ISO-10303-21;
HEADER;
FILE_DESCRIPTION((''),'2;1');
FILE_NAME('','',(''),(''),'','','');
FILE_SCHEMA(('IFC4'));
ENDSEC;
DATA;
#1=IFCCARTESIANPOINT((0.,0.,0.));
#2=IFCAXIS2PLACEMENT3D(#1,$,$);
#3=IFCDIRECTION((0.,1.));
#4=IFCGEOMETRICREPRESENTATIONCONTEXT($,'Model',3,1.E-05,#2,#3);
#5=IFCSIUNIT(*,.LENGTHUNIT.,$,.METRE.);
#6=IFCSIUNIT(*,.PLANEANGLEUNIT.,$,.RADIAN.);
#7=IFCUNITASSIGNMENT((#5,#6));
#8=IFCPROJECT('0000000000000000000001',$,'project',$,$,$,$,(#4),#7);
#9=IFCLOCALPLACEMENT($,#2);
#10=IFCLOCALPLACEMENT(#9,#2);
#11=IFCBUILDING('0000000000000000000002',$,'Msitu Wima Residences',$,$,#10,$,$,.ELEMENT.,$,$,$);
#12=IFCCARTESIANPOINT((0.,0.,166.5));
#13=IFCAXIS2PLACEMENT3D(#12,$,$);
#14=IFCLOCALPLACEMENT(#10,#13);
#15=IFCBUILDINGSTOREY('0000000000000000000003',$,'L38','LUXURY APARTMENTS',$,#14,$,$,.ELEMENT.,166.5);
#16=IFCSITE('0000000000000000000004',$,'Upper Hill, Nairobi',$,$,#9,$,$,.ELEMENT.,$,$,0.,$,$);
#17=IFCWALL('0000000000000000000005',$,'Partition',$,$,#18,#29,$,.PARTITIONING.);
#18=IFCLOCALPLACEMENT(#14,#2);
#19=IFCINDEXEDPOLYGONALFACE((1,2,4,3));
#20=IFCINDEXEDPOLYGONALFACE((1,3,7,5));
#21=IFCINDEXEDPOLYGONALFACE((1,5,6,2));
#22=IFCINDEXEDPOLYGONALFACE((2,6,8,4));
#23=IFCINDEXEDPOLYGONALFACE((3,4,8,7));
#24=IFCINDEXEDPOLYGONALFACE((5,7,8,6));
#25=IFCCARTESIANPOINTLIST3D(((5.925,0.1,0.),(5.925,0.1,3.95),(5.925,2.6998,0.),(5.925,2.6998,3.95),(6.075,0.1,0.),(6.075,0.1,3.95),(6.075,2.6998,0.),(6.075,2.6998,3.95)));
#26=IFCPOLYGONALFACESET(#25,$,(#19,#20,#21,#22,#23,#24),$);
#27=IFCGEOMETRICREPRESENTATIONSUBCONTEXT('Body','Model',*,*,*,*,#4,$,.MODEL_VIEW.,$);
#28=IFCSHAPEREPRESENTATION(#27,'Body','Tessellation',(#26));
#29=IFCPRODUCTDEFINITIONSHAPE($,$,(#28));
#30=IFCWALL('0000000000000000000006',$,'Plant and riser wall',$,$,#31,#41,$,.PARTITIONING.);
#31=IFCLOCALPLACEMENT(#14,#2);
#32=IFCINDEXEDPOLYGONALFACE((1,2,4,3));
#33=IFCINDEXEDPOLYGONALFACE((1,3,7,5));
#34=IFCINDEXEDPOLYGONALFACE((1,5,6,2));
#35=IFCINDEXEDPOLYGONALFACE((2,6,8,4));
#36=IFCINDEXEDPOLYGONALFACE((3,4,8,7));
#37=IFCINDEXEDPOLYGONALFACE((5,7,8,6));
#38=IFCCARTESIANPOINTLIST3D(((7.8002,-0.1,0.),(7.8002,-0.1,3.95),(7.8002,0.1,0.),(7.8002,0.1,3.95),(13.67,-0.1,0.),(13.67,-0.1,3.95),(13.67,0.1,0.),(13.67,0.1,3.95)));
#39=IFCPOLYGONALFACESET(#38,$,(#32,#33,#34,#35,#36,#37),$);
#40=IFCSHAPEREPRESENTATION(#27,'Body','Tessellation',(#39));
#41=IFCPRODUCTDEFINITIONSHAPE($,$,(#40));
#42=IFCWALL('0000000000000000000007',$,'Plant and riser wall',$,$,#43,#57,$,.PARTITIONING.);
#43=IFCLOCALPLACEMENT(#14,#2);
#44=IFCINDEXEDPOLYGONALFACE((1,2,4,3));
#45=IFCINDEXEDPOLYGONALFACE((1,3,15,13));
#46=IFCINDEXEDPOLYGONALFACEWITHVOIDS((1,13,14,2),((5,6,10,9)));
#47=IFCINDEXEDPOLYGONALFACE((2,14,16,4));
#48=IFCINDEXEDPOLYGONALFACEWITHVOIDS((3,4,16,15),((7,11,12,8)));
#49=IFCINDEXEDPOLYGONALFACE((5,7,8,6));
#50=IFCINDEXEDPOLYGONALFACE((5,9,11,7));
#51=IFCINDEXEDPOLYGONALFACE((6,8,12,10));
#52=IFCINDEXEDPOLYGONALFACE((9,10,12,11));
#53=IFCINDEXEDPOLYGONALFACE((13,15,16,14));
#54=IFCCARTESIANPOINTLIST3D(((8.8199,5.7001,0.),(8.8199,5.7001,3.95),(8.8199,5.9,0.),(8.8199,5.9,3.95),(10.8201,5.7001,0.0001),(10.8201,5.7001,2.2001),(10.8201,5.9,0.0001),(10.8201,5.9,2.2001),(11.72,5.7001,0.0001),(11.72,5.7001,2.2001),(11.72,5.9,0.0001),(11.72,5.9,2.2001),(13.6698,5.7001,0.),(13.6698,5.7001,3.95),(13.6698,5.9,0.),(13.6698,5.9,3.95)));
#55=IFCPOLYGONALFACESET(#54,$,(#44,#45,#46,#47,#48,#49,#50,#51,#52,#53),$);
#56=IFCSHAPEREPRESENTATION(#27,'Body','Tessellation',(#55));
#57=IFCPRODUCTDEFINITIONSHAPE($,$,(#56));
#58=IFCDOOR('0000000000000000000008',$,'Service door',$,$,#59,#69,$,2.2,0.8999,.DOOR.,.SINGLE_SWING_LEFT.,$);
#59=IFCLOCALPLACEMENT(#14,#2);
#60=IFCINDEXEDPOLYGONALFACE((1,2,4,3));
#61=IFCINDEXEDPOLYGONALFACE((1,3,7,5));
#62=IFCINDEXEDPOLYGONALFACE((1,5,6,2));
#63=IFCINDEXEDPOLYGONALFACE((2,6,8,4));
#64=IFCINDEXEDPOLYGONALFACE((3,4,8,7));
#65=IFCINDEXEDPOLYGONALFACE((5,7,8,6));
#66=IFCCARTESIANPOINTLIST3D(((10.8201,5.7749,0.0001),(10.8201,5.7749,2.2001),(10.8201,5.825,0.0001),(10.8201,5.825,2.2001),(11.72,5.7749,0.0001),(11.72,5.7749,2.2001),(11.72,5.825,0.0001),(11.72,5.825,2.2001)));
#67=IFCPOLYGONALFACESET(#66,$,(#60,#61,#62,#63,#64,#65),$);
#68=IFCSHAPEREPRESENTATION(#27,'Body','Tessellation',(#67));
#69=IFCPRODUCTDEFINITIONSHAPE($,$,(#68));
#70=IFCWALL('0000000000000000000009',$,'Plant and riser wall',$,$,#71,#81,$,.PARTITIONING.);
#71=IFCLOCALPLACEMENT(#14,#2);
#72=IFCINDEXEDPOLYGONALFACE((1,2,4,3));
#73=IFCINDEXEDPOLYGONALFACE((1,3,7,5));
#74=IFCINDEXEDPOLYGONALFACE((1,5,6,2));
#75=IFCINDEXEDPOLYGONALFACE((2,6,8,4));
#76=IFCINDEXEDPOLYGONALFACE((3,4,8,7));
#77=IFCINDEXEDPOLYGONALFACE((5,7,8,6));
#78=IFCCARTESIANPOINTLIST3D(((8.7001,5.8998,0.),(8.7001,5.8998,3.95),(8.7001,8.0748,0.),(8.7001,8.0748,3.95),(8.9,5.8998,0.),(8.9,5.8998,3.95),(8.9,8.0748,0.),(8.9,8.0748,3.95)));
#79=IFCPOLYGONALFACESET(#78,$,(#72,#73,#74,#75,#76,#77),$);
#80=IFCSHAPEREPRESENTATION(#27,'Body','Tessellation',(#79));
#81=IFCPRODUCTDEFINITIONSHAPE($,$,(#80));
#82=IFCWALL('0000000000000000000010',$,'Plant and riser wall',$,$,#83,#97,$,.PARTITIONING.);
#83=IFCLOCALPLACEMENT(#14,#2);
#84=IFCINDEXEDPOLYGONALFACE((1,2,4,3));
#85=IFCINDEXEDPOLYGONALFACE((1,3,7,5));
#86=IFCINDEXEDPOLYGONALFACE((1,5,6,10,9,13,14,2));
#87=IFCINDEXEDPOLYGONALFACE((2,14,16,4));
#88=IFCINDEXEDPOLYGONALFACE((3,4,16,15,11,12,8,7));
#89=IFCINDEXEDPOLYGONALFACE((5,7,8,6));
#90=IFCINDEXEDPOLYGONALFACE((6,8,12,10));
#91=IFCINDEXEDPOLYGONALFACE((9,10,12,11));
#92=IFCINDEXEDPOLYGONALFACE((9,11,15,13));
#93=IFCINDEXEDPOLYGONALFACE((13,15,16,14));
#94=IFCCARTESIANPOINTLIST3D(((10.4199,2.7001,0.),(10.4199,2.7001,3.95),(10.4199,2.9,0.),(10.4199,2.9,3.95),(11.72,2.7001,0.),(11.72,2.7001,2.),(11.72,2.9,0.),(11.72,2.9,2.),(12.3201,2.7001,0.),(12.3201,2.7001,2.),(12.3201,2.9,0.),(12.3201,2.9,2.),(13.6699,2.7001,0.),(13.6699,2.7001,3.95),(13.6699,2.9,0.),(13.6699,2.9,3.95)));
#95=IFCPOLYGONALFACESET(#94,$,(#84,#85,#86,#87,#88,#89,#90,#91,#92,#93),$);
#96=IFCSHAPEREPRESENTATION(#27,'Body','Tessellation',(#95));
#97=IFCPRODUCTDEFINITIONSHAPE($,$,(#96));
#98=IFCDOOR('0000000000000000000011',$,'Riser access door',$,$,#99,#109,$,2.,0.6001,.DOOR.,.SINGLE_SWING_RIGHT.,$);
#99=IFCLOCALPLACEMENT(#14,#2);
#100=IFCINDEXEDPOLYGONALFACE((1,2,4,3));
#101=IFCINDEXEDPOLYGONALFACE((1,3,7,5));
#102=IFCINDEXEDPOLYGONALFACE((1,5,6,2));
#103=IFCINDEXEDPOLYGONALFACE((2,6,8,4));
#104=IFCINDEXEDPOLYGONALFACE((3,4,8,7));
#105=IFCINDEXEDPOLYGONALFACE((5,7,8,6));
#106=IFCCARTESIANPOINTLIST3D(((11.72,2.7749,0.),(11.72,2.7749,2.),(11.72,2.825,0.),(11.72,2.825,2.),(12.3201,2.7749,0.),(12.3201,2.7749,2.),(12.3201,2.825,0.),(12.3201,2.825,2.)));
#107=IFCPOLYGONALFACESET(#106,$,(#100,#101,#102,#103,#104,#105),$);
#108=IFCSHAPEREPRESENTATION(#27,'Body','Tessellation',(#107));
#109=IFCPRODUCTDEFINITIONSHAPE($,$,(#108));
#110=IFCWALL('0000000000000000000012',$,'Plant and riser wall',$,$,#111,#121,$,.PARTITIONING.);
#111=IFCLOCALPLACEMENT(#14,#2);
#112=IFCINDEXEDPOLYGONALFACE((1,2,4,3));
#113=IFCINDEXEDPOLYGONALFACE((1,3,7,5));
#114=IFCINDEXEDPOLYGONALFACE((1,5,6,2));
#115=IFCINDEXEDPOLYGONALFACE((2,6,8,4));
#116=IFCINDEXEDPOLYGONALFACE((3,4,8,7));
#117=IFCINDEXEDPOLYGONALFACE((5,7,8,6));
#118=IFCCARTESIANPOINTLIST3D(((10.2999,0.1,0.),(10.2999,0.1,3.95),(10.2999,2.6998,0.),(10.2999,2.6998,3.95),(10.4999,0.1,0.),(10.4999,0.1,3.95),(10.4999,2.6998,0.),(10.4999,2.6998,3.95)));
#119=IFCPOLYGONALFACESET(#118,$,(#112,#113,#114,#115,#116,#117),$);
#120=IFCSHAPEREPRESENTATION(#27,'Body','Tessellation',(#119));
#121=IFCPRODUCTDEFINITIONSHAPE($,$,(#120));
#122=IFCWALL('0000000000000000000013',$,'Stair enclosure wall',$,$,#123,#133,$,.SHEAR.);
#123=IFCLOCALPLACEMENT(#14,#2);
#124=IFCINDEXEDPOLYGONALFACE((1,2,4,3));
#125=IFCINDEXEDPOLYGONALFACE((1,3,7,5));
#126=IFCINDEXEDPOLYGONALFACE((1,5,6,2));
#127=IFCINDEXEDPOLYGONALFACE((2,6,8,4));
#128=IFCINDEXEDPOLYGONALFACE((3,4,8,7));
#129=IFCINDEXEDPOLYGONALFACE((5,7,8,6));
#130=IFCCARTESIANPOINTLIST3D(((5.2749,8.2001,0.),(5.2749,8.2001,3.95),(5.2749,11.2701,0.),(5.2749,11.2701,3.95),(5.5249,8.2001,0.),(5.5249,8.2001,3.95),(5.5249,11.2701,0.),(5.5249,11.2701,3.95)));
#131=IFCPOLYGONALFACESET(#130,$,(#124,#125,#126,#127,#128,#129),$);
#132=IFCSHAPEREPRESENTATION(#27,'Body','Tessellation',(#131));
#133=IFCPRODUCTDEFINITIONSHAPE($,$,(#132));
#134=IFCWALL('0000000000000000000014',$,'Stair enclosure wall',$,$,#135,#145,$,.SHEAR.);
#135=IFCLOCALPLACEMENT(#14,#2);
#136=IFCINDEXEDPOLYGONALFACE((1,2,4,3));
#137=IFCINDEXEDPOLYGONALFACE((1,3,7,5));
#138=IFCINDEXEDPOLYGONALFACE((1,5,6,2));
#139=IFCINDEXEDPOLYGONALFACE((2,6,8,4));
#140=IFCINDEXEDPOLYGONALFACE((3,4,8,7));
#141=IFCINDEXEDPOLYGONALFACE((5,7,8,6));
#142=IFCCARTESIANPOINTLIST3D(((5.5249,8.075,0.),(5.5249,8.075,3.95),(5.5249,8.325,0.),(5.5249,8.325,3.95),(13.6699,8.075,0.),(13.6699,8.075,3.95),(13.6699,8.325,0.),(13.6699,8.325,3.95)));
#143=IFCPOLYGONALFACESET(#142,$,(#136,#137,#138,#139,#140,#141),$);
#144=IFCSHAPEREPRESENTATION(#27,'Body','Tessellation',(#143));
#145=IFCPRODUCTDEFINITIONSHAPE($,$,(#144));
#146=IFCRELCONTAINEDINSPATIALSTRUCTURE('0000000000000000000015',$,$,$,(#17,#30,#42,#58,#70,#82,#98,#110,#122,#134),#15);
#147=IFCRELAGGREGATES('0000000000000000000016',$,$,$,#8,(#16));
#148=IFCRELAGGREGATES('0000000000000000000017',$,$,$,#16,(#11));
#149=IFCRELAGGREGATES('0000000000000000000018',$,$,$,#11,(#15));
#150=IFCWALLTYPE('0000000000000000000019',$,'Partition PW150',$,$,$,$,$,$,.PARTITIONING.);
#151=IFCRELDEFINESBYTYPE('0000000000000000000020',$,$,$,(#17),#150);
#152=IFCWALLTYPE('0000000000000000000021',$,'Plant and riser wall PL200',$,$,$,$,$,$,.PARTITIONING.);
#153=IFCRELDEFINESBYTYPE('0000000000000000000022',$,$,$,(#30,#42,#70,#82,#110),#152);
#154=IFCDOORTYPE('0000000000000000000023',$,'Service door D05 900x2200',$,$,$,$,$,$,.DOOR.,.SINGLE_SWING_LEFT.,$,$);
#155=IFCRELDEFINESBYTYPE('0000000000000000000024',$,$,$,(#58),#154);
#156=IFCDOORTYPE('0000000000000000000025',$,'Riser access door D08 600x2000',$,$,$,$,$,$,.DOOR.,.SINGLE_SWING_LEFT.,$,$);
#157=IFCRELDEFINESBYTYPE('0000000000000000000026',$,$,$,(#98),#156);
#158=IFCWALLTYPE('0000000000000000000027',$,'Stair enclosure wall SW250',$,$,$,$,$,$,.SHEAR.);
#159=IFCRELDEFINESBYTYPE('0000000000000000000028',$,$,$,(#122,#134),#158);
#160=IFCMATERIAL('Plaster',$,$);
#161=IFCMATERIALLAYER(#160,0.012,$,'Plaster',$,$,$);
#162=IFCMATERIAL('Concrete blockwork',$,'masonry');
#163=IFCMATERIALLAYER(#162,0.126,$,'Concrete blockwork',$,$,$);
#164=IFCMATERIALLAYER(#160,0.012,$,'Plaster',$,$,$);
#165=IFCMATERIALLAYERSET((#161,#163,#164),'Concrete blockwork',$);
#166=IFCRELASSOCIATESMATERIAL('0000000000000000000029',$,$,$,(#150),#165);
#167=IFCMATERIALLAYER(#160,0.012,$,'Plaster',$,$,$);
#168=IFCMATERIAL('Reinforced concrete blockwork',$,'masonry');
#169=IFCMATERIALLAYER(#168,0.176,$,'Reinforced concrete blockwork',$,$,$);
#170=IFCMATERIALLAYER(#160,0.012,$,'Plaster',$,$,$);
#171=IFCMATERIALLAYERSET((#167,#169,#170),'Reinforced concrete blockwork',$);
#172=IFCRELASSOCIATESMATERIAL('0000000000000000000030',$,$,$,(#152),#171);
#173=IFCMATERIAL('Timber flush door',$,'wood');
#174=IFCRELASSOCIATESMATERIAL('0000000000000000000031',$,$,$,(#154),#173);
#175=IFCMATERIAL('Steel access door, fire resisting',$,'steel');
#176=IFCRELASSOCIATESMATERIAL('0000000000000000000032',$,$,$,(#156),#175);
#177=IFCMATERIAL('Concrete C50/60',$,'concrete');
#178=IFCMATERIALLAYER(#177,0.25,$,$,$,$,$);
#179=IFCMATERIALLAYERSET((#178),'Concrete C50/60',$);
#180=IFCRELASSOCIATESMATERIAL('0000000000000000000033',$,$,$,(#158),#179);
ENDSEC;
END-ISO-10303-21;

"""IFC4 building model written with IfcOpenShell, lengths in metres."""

from ifc_helpers import new_model, si_unit, direction, frame, frame_2d, origin, place, context, subcontext, project, spatial, rectangle, extrude, material, layer, layer_set, type_object, element, fill, save


model = new_model("IFC4")

# Units and contexts
model_context = context("Model", 3, precision=1e-05, world=origin(), true_north=direction((0.0, 1.0)))
body_context = subcontext(model_context, "Body", "Model", "MODEL_VIEW")
ifc_project = project(units=[si_unit("LENGTHUNIT", "METRE"), si_unit("PLANEANGLEUNIT", "RADIAN")], contexts=[model_context])

# Site, building, storey
site_placement = place(None, origin())
site = spatial("IfcSite", under=ifc_project, at=site_placement, Name="Upper Hill, Nairobi", CompositionType="ELEMENT", RefElevation=0.0)
building_placement = place(site_placement, origin())
building = spatial("IfcBuilding", under=site, at=building_placement, Name="Msitu Wima Residences", CompositionType="ELEMENT")
storey_placement = place(building_placement, frame((0.0, 0.0, 166.5)))
storey = spatial("IfcBuildingStorey", under=building, at=storey_placement, Name="L38", Description="LUXURY APARTMENTS", CompositionType="ELEMENT", Elevation=166.5)

# Walls
ifc_material_1 = material(Name="Plaster")
ifc_layer_1 = layer(ifc_material_1, 0.012, Name="Plaster")
ifc_material_2 = material(Name="Concrete blockwork", Category="masonry")
ifc_layer_2 = layer(ifc_material_2, 0.126, Name="Concrete blockwork")
ifc_layer_3 = layer(ifc_material_1, 0.012, Name="Plaster")
ifc_layer_set_1 = layer_set([ifc_layer_1, ifc_layer_2, ifc_layer_3], Name="Concrete blockwork")
wall_type_1 = type_object("IfcWallType", Name="Partition PW150", PredefinedType="PARTITIONING", material=ifc_layer_set_1)
wall_1_placement = place(storey_placement, frame((6.0, 0.1001, 0.0), z_axis=(0.0, 0.0, 1.0), x_axis=(0.0, 1.0, 0.0)))
element("IfcWall", 1, at=wall_1_placement, inside=storey, type_object=wall_type_1, Name="Partition", PredefinedType="PARTITIONING", context=body_context, shape_type="SweptSolid", body=[
    extrude(rectangle(XDim=2.5999, YDim=0.1499, at=frame_2d((1.2998, 0.0))), origin(), (0.0, 0.0, 1.0), 3.95),
])
ifc_layer_4 = layer(ifc_material_1, 0.012, Name="Plaster")
ifc_material_3 = material(Name="Reinforced concrete blockwork", Category="masonry")
ifc_layer_5 = layer(ifc_material_3, 0.176, Name="Reinforced concrete blockwork")
ifc_layer_6 = layer(ifc_material_1, 0.012, Name="Plaster")
ifc_layer_set_2 = layer_set([ifc_layer_4, ifc_layer_5, ifc_layer_6], Name="Reinforced concrete blockwork")
wall_type_2 = type_object("IfcWallType", Name="Plant and riser wall PL200", PredefinedType="PARTITIONING", material=ifc_layer_set_2)
wall_2_placement = place(storey_placement, frame((7.8, 0.0, 0.0), z_axis=(0.0, 0.0, 1.0), x_axis=(1.0, 0.0, 0.0)))
element("IfcWall", 2, at=wall_2_placement, inside=storey, type_object=wall_type_2, Name="Plant and riser wall", PredefinedType="PARTITIONING", context=body_context, shape_type="SweptSolid", body=[
    extrude(rectangle(XDim=5.8699, YDim=0.2, at=frame_2d((2.9351, 0.0))), origin(), (0.0, 0.0, 1.0), 3.95),
])

# Wall, opening, door
wall_3_placement = place(storey_placement, frame((8.8201, 5.8, 0.0), z_axis=(0.0, 0.0, 1.0), x_axis=(1.0, 0.0, 0.0)))
wall_3 = element("IfcWall", 3, at=wall_3_placement, inside=storey, type_object=wall_type_2, Name="Plant and riser wall", PredefinedType="PARTITIONING", context=body_context, shape_type="SweptSolid", body=[
    extrude(rectangle(XDim=4.8499, YDim=0.2, at=frame_2d((2.4248, 0.0))), origin(), (0.0, 0.0, 1.0), 3.95),
])
opening_1_placement = place(wall_3_placement, frame((2.0, 0.0, 0.0)))
opening_1 = element("IfcOpeningElement", 4, at=opening_1_placement, cuts=wall_3, PredefinedType="OPENING", context=body_context, shape_type="SweptSolid", body=[
    extrude(rectangle(XDim=0.8999, YDim=2.2, at=frame_2d((0.45, 1.1001))), frame((0.0, 0.1099, 0.0), z_axis=(0.0, -1.0, 0.0), x_axis=(1.0, 0.0, 0.0)), (0.0, 0.0, 1.0), 0.22),
])
ifc_material_4 = material(Name="Timber flush door", Category="wood")
door_type_1 = type_object("IfcDoorType", Name="Service door D05 900x2200", OperationType="SINGLE_SWING_LEFT", PredefinedType="DOOR", material=ifc_material_4)
door_1_placement = place(opening_1_placement, origin())
door_1 = element("IfcDoor", 5, at=door_1_placement, inside=storey, type_object=door_type_1, Name="Service door", OperationType="SINGLE_SWING_LEFT", OverallHeight=2.2, OverallWidth=0.8999, PredefinedType="DOOR", context=body_context, shape_type="SweptSolid", body=[
    extrude(rectangle(XDim=0.8999, YDim=2.2, at=frame_2d((0.45, 1.1001))), frame((0.0, 0.0249, 0.0), z_axis=(0.0, -1.0, 0.0), x_axis=(1.0, 0.0, 0.0)), (0.0, 0.0, 1.0), 0.05),
])
fill(opening_1, door_1)

# Wall
wall_4_placement = place(storey_placement, frame((8.8, 5.8999, 0.0), z_axis=(0.0, 0.0, 1.0), x_axis=(0.0, 1.0, 0.0)))
element("IfcWall", 6, at=wall_4_placement, inside=storey, type_object=wall_type_2, Name="Plant and riser wall", PredefinedType="PARTITIONING", context=body_context, shape_type="SweptSolid", body=[
    extrude(rectangle(XDim=2.175, YDim=0.2, at=frame_2d((1.0874, 0.0))), origin(), (0.0, 0.0, 1.0), 3.95),
])

# Wall, opening, door
wall_5_placement = place(storey_placement, frame((10.4199, 2.8, 0.0), z_axis=(0.0, 0.0, 1.0), x_axis=(1.0, 0.0, 0.0)))
wall_5 = element("IfcWall", 7, at=wall_5_placement, inside=storey, type_object=wall_type_2, Name="Plant and riser wall", PredefinedType="PARTITIONING", context=body_context, shape_type="SweptSolid", body=[
    extrude(rectangle(XDim=3.25, YDim=0.2, at=frame_2d((1.625, 0.0))), origin(), (0.0, 0.0, 1.0), 3.95),
])
opening_2_placement = place(wall_5_placement, frame((1.3, 0.0, 0.0)))
opening_2 = element("IfcOpeningElement", 8, at=opening_2_placement, cuts=wall_5, PredefinedType="OPENING", context=body_context, shape_type="SweptSolid", body=[
    extrude(rectangle(XDim=0.6001, YDim=2.0, at=frame_2d((0.3, 1.0))), frame((0.0, 0.1099, 0.0), z_axis=(0.0, -1.0, 0.0), x_axis=(1.0, 0.0, 0.0)), (0.0, 0.0, 1.0), 0.22),
])
ifc_material_5 = material(Name="Steel access door, fire resisting", Category="steel")
door_type_2 = type_object("IfcDoorType", Name="Riser access door D08 600x2000", OperationType="SINGLE_SWING_LEFT", PredefinedType="DOOR", material=ifc_material_5)
door_2_placement = place(opening_2_placement, origin())
door_2 = element("IfcDoor", 9, at=door_2_placement, inside=storey, type_object=door_type_2, Name="Riser access door", OperationType="SINGLE_SWING_RIGHT", OverallHeight=2.0, OverallWidth=0.6001, PredefinedType="DOOR", context=body_context, shape_type="SweptSolid", body=[
    extrude(rectangle(XDim=0.6001, YDim=2.0, at=frame_2d((0.3, 1.0))), frame((0.0, 0.0249, 0.0), z_axis=(0.0, -1.0, 0.0), x_axis=(1.0, 0.0, 0.0)), (0.0, 0.0, 1.0), 0.05),
])
fill(opening_2, door_2)

# Walls
wall_6_placement = place(storey_placement, frame((10.3999, 0.1001, 0.0), z_axis=(0.0, 0.0, 1.0), x_axis=(0.0, 1.0, 0.0)))
element("IfcWall", 10, at=wall_6_placement, inside=storey, type_object=wall_type_2, Name="Plant and riser wall", PredefinedType="PARTITIONING", context=body_context, shape_type="SweptSolid", body=[
    extrude(rectangle(XDim=2.5999, YDim=0.2, at=frame_2d((1.2998, 0.0))), origin(), (0.0, 0.0, 1.0), 3.95),
])
ifc_material_6 = material(Name="Concrete C50/60", Category="concrete")
ifc_layer_7 = layer(ifc_material_6, 0.25)
ifc_layer_set_3 = layer_set([ifc_layer_7], Name="Concrete C50/60")
wall_type_3 = type_object("IfcWallType", Name="Stair enclosure wall SW250", PredefinedType="SHEAR", material=ifc_layer_set_3)
wall_7_placement = place(storey_placement, frame((5.3999, 8.2, 0.0), z_axis=(0.0, 0.0, 1.0), x_axis=(0.0, 1.0, 0.0)))
element("IfcWall", 11, at=wall_7_placement, inside=storey, type_object=wall_type_3, Name="Stair enclosure wall", PredefinedType="SHEAR", context=body_context, shape_type="SweptSolid", body=[
    extrude(rectangle(XDim=3.0701, YDim=0.25, at=frame_2d((1.5352, 0.0))), origin(), (0.0, 0.0, 1.0), 3.95),
])
wall_8_placement = place(storey_placement, frame((5.5249, 8.2, 0.0), z_axis=(0.0, 0.0, 1.0), x_axis=(1.0, 0.0, 0.0)))
element("IfcWall", 12, at=wall_8_placement, inside=storey, type_object=wall_type_3, Name="Stair enclosure wall", PredefinedType="SHEAR", context=body_context, shape_type="SweptSolid", body=[
    extrude(rectangle(XDim=8.145, YDim=0.25, at=frame_2d((4.0725, 0.0))), origin(), (0.0, 0.0, 1.0), 3.95),
])

save(model, "model.ifc")
